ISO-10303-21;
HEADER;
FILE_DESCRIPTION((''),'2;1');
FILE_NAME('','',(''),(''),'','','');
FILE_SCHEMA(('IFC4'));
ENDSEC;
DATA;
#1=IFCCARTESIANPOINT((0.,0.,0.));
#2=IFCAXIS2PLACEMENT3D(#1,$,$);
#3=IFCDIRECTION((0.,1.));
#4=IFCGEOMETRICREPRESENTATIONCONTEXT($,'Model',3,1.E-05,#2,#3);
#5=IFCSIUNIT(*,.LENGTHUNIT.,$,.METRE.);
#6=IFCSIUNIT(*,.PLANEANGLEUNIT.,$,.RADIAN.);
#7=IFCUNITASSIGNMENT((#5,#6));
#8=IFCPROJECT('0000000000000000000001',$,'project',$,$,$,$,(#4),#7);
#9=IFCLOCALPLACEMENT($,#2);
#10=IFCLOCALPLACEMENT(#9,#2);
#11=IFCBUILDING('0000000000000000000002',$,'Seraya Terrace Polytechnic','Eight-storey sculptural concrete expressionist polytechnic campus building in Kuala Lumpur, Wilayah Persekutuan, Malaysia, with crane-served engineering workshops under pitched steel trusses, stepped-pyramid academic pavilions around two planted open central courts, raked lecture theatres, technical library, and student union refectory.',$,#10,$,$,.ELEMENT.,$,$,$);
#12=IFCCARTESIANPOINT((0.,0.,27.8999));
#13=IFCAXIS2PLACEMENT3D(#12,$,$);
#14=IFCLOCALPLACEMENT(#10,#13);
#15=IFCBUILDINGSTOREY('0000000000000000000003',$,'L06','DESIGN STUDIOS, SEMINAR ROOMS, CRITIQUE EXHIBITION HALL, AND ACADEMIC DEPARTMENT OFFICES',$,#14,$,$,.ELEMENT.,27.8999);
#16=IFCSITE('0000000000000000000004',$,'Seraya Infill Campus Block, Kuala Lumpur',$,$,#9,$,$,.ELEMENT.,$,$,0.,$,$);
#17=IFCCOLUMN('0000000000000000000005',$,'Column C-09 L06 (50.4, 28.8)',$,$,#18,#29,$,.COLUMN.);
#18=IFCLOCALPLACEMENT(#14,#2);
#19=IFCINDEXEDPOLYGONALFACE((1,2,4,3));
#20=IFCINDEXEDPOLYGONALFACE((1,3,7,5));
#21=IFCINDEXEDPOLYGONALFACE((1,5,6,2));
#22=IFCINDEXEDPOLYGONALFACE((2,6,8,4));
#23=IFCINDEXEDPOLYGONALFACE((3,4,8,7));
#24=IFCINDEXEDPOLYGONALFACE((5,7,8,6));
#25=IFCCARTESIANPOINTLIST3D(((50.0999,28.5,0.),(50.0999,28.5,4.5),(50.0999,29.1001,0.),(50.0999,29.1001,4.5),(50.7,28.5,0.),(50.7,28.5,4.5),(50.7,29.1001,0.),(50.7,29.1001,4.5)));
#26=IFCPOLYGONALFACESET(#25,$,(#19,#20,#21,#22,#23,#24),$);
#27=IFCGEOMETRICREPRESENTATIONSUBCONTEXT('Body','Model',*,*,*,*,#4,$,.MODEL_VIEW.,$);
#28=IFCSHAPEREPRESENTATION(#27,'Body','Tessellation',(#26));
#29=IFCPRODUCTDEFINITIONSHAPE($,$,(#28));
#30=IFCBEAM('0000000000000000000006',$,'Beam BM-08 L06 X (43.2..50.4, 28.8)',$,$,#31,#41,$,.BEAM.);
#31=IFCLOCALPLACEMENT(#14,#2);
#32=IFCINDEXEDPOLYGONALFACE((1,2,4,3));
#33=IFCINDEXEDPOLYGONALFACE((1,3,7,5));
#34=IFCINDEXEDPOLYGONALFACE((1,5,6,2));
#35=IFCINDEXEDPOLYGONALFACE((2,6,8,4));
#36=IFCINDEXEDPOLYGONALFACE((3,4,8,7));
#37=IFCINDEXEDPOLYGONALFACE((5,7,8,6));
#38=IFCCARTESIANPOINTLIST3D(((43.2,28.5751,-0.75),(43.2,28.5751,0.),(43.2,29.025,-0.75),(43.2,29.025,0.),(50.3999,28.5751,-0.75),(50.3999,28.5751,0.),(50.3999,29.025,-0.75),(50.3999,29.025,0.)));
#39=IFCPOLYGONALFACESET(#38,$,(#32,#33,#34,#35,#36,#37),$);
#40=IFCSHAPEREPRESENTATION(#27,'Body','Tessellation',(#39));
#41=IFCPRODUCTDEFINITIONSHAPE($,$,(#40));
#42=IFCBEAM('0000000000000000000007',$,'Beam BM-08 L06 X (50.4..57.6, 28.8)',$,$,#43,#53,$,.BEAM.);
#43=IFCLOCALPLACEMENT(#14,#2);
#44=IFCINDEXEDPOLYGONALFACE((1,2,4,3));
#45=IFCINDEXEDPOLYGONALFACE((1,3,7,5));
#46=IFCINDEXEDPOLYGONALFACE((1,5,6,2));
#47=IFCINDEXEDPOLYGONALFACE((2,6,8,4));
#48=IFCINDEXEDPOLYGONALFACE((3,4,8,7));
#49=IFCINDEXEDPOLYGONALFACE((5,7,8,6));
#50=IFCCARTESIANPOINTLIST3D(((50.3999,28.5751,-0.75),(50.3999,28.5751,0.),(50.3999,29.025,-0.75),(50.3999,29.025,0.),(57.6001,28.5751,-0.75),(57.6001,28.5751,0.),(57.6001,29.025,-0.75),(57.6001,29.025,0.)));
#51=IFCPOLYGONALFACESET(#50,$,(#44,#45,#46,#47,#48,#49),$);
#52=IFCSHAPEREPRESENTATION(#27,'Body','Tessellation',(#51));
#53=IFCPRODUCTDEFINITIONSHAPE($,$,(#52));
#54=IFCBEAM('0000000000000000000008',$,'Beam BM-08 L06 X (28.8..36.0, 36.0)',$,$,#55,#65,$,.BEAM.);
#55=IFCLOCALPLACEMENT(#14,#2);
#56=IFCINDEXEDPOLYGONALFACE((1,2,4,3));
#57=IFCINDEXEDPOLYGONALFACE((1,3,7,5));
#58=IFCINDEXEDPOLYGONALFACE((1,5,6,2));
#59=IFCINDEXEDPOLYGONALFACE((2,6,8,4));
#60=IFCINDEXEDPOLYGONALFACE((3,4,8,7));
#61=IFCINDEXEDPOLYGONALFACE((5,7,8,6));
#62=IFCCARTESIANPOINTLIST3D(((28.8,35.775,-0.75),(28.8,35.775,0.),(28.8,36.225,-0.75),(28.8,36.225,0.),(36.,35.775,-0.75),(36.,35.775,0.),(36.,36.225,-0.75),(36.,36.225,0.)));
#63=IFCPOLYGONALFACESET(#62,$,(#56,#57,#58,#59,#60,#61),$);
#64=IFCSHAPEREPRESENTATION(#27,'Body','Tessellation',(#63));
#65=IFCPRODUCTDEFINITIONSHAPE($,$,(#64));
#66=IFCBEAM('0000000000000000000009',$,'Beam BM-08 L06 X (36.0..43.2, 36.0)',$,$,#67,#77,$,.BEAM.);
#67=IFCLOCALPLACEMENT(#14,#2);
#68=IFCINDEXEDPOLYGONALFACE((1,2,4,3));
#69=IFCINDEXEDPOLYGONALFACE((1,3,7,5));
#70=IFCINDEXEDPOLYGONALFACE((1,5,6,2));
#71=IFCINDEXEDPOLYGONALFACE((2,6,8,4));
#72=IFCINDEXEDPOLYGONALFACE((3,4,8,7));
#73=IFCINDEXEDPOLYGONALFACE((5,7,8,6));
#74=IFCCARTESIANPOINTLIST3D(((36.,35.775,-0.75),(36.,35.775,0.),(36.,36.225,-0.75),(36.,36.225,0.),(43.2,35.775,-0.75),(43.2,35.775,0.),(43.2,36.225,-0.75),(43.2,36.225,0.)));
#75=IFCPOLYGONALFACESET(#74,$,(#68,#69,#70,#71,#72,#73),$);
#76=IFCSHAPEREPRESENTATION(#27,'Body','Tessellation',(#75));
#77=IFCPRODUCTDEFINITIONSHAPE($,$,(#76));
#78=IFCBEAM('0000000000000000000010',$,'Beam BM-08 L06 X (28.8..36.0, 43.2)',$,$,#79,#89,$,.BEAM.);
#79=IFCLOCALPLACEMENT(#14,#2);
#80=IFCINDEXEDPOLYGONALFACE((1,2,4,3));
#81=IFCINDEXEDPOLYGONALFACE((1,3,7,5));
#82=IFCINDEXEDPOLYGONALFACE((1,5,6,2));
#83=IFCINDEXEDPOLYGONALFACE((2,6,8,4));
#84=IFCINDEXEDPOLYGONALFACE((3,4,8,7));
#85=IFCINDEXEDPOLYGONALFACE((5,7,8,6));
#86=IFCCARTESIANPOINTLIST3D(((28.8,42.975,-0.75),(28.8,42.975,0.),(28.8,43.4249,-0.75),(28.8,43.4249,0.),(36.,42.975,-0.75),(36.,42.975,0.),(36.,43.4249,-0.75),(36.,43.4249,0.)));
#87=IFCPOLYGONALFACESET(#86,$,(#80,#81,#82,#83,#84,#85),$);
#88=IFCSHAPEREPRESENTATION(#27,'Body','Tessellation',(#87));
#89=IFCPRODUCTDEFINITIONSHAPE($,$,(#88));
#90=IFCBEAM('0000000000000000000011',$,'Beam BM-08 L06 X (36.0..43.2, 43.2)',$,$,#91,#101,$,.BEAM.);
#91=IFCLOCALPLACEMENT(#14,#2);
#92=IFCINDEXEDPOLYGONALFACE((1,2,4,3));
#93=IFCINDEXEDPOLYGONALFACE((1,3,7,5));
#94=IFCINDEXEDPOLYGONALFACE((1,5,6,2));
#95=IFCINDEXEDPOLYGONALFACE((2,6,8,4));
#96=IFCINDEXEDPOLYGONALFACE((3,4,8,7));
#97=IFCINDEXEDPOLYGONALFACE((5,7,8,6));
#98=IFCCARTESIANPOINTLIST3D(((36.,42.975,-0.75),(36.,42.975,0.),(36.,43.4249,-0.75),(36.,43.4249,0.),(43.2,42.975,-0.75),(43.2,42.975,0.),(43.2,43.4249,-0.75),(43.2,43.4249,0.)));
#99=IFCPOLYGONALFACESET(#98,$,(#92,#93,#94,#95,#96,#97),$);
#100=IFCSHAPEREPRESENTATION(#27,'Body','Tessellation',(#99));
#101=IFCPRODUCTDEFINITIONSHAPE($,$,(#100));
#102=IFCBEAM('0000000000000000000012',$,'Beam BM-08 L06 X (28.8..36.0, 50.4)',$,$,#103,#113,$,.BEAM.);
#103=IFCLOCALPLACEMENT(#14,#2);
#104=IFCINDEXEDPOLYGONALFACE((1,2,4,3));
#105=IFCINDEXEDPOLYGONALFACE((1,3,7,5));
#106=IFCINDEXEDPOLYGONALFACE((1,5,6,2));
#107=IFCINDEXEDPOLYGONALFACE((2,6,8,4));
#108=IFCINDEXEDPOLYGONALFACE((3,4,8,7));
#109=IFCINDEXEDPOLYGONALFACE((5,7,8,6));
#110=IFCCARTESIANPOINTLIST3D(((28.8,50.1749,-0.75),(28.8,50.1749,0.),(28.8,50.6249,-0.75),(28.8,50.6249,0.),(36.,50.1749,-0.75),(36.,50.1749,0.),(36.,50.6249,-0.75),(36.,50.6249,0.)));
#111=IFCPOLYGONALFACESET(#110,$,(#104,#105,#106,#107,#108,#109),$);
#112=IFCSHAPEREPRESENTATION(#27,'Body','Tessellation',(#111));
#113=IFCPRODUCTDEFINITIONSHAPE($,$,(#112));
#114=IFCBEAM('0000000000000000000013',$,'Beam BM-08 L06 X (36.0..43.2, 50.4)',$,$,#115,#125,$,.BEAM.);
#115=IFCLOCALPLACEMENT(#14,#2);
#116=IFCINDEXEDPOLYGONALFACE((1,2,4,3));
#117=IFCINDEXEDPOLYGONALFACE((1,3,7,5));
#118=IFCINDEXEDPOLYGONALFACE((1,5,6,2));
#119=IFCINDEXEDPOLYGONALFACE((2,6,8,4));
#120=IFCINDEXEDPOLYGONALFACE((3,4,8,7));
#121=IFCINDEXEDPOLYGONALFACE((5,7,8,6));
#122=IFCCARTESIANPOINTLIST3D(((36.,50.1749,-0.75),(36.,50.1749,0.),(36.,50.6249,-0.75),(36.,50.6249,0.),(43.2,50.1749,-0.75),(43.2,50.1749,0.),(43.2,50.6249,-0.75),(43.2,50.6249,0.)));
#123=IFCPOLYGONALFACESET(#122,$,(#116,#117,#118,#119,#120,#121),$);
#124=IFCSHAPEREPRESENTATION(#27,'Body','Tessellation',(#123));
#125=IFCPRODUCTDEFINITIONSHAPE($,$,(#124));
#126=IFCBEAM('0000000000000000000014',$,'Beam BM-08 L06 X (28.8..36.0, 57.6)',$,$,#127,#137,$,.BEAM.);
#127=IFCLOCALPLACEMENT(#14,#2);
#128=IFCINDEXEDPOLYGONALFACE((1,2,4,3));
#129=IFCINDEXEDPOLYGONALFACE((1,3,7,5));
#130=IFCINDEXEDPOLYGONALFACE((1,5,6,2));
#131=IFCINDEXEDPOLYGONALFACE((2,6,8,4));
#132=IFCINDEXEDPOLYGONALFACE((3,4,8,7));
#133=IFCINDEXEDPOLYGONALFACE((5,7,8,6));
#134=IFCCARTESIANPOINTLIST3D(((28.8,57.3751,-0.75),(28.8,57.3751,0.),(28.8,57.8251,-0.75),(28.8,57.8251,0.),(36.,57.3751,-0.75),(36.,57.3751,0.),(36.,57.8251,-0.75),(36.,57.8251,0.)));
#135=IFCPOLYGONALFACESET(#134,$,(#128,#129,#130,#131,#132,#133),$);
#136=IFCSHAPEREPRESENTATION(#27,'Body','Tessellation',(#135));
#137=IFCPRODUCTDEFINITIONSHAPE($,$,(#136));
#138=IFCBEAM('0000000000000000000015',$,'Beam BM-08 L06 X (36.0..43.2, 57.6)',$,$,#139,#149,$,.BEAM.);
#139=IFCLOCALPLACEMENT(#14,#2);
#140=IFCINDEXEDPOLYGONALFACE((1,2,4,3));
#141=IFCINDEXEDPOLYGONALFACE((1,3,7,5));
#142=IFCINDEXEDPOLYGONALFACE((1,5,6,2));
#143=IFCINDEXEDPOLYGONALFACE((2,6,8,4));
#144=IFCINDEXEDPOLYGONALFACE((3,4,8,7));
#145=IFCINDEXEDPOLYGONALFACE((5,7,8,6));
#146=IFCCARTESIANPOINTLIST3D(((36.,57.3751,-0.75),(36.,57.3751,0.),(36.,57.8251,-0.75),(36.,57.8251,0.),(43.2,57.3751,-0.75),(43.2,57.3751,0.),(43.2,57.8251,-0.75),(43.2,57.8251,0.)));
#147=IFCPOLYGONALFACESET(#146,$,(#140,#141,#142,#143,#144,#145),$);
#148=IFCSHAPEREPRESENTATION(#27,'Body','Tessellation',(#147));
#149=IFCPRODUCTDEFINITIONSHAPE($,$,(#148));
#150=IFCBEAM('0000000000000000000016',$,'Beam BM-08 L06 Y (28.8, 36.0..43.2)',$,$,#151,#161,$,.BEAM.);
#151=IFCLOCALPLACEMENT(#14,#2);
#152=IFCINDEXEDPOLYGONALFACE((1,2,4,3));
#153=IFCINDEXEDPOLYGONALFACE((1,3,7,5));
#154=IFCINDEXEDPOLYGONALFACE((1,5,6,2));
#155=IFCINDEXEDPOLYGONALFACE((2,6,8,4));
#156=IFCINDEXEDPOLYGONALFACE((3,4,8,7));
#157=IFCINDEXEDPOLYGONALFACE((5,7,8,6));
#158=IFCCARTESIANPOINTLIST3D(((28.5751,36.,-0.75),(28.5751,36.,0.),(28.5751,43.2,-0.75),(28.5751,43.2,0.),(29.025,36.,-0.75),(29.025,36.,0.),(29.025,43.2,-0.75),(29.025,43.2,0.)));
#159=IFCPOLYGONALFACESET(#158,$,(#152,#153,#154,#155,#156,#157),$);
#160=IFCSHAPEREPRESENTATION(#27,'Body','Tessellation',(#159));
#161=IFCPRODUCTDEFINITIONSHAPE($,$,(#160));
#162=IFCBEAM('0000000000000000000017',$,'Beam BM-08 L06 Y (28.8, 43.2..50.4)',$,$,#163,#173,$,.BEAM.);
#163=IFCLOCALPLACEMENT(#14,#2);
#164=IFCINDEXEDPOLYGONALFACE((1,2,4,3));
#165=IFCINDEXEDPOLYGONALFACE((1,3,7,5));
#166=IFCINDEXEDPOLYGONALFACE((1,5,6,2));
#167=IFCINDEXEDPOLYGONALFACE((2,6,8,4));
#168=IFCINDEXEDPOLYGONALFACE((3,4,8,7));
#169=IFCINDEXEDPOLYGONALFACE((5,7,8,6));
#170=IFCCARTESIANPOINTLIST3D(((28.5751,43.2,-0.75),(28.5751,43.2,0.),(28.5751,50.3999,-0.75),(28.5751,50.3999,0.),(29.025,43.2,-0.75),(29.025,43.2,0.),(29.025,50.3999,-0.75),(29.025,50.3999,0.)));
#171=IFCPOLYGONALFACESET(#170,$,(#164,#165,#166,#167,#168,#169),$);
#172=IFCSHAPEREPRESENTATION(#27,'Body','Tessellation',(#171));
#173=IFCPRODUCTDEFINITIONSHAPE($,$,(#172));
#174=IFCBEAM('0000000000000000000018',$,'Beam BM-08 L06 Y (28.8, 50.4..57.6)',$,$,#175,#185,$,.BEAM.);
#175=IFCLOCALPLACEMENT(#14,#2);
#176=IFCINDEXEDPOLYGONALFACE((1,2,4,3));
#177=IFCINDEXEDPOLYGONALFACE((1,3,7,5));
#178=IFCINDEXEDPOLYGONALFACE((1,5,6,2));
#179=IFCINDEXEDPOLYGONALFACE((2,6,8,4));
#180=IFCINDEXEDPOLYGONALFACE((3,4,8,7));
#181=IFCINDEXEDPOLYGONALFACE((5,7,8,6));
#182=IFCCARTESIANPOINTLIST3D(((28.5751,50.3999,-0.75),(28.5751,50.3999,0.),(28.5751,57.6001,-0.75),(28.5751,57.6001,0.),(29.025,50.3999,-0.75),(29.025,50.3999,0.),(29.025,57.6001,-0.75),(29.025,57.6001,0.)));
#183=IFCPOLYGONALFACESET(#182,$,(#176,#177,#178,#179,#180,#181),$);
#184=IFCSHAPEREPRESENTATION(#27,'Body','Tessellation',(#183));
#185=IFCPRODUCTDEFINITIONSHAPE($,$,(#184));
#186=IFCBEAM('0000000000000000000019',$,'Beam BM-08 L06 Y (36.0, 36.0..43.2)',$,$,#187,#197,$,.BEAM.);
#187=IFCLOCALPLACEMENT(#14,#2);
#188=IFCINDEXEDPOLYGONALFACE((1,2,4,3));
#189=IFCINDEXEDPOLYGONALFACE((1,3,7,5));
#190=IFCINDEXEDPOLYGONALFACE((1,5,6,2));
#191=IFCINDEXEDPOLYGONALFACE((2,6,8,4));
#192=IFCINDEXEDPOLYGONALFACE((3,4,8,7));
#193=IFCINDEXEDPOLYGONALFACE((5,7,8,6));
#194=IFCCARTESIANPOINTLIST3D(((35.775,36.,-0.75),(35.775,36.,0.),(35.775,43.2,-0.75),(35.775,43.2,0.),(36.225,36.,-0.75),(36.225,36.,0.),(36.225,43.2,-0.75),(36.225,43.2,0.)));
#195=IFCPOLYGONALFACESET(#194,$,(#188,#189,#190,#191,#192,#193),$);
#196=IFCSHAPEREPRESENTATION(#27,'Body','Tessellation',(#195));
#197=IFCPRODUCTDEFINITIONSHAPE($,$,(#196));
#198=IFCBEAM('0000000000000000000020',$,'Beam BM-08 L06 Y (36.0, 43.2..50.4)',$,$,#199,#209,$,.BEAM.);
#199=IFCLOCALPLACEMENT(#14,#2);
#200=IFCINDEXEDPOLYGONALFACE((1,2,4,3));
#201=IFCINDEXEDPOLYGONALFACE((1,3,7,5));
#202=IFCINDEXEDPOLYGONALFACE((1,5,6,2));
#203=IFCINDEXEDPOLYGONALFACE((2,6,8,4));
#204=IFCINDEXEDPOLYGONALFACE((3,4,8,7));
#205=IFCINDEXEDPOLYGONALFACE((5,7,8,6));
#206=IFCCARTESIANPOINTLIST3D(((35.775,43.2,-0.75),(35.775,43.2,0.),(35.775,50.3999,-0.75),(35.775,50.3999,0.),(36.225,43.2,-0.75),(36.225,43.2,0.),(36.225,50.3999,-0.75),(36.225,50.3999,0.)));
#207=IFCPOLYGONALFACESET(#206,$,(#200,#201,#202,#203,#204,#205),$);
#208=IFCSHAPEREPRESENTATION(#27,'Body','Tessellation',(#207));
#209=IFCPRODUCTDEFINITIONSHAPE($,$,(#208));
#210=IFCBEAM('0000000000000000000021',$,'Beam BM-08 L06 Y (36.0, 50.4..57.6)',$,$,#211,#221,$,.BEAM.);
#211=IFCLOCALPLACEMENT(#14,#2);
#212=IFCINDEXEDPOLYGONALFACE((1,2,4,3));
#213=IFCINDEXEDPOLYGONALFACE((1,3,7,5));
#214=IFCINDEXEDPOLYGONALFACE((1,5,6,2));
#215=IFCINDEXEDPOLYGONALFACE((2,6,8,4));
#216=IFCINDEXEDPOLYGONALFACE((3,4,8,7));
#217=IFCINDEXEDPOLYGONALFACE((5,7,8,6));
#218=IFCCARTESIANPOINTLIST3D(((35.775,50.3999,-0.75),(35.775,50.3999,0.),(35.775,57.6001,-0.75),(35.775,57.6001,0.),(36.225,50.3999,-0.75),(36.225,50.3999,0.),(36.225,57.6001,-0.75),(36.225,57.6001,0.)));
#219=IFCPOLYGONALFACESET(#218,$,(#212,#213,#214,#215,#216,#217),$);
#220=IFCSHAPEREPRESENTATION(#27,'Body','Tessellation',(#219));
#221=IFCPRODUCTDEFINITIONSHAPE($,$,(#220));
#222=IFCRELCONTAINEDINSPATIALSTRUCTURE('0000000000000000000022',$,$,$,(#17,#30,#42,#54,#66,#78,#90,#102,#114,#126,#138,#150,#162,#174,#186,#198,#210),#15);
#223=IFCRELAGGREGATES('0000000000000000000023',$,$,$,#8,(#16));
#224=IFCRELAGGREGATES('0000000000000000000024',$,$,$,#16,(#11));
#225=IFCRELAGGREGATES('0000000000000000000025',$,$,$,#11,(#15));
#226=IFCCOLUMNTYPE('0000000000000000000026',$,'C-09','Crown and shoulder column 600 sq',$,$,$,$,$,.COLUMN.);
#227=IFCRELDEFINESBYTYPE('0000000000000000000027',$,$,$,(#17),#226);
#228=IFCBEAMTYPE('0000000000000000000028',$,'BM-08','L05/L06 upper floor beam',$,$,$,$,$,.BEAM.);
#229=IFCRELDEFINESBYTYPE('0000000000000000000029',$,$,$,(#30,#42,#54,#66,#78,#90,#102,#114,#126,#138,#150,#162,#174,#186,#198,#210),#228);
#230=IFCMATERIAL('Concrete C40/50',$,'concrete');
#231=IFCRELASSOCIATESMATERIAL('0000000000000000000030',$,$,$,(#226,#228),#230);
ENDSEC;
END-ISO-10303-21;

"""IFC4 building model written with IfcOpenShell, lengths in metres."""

from ifc_helpers import new_model, si_unit, direction, frame, origin, origin_2d, place, context, subcontext, project, spatial, rectangle, extrude, material, material_profile, profile_set, type_object, element, save


model = new_model("IFC4")

# Units and contexts
model_context = context("Model", 3, precision=1e-05, world=origin(), true_north=direction((0.0, 1.0)))
body_context = subcontext(model_context, "Body", "Model", "MODEL_VIEW")
ifc_project = project(units=[si_unit("LENGTHUNIT", "METRE"), si_unit("PLANEANGLEUNIT", "RADIAN")], contexts=[model_context])

# Site, building, storey
site_placement = place(None, origin())
site = spatial("IfcSite", under=ifc_project, at=site_placement, Name="Seraya Infill Campus Block, Kuala Lumpur", CompositionType="ELEMENT", RefElevation=0.0)
building_placement = place(site_placement, origin())
building = spatial("IfcBuilding", under=site, at=building_placement, Name="Seraya Terrace Polytechnic", Description="Eight-storey sculptural concrete expressionist polytechnic campus building in Kuala Lumpur, Wilayah Persekutuan, Malaysia, with crane-served engineering workshops under pitched steel trusses, stepped-pyramid academic pavilions around two planted open central courts, raked lecture theatres, technical library, and student union refectory.", CompositionType="ELEMENT")
storey_placement = place(building_placement, frame((0.0, 0.0, 27.8999)))
storey = spatial("IfcBuildingStorey", under=building, at=storey_placement, Name="L06", Description="DESIGN STUDIOS, SEMINAR ROOMS, CRITIQUE EXHIBITION HALL, AND ACADEMIC DEPARTMENT OFFICES", CompositionType="ELEMENT", Elevation=27.8999)

# Column
ifc_material_1 = material(Name="Concrete C40/50", Category="concrete")
ifc_material_profile_1 = material_profile(ifc_material_1, rectangle(XDim=0.6001, YDim=0.6001, at=origin_2d()), Name="RC 600x600")
ifc_profile_set_1 = profile_set([ifc_material_profile_1], Name="Concrete C40/50")
column_type = type_object("IfcColumnType", Name="C-09", Description="Crown and shoulder column 600 sq", PredefinedType="COLUMN", material=ifc_profile_set_1)
column_placement = place(storey_placement, frame((50.3999, 28.8, 0.0), z_axis=(0.0, 0.0, 1.0), x_axis=(1.0, 0.0, 0.0)))
element("IfcColumn", 1, at=column_placement, inside=storey, type_object=column_type, Name="Column C-09 L06 (50.4, 28.8)", PredefinedType="COLUMN", context=body_context, shape_type="SweptSolid", body=[
    extrude(rectangle(XDim=0.6001, YDim=0.6001, at=origin_2d()), origin(), (0.0, 0.0, 1.0), 4.5),
])

# Beams
ifc_material_profile_2 = material_profile(ifc_material_1, rectangle(XDim=0.45, YDim=0.75, at=origin_2d()), Name="RC 450x750")
ifc_profile_set_2 = profile_set([ifc_material_profile_2], Name="Concrete C40/50")
beam_type = type_object("IfcBeamType", Name="BM-08", Description="L05/L06 upper floor beam", PredefinedType="BEAM", material=ifc_profile_set_2)
beam_1_placement = place(storey_placement, frame((43.2, 28.8, -0.375), z_axis=(1.0, 0.0, 0.0), x_axis=(0.0, 1.0, 0.0)))
element("IfcBeam", 2, at=beam_1_placement, inside=storey, type_object=beam_type, Name="Beam BM-08 L06 X (43.2..50.4, 28.8)", PredefinedType="BEAM", context=body_context, shape_type="SweptSolid", body=[
    extrude(rectangle(XDim=0.45, YDim=0.75, at=origin_2d()), origin(), (0.0, 0.0, 1.0), 7.2),
])
beam_2_placement = place(storey_placement, frame((50.3999, 28.8, -0.375), z_axis=(1.0, 0.0, 0.0), x_axis=(0.0, 1.0, 0.0)))
element("IfcBeam", 3, at=beam_2_placement, inside=storey, type_object=beam_type, Name="Beam BM-08 L06 X (50.4..57.6, 28.8)", PredefinedType="BEAM", context=body_context, shape_type="SweptSolid", body=[
    extrude(rectangle(XDim=0.45, YDim=0.75, at=origin_2d()), origin(), (0.0, 0.0, 1.0), 7.2002),
])
for number, where, z_axis, x_axis, name in (
    (4, (28.8, 36.0, -0.375), (1.0, 0.0, 0.0), (0.0, 1.0, 0.0), "Beam BM-08 L06 X (28.8..36.0, 36.0)"),
    (5, (36.0, 36.0, -0.375), (1.0, 0.0, 0.0), (0.0, 1.0, 0.0), "Beam BM-08 L06 X (36.0..43.2, 36.0)"),
    (6, (28.8, 43.2, -0.375), (1.0, 0.0, 0.0), (0.0, 1.0, 0.0), "Beam BM-08 L06 X (28.8..36.0, 43.2)"),
    (7, (36.0, 43.2, -0.375), (1.0, 0.0, 0.0), (0.0, 1.0, 0.0), "Beam BM-08 L06 X (36.0..43.2, 43.2)"),
    (8, (28.8, 50.3999, -0.375), (1.0, 0.0, 0.0), (0.0, 1.0, 0.0), "Beam BM-08 L06 X (28.8..36.0, 50.4)"),
    (9, (36.0, 50.3999, -0.375), (1.0, 0.0, 0.0), (0.0, 1.0, 0.0), "Beam BM-08 L06 X (36.0..43.2, 50.4)"),
    (10, (28.8, 57.6001, -0.375), (1.0, 0.0, 0.0), (0.0, 1.0, 0.0), "Beam BM-08 L06 X (28.8..36.0, 57.6)"),
    (11, (36.0, 57.6001, -0.375), (1.0, 0.0, 0.0), (0.0, 1.0, 0.0), "Beam BM-08 L06 X (36.0..43.2, 57.6)"),
    (12, (28.8, 36.0, -0.375), (0.0, 1.0, 0.0), (-1.0, 0.0, 0.0), "Beam BM-08 L06 Y (28.8, 36.0..43.2)"),
    (13, (28.8, 43.2, -0.375), (0.0, 1.0, 0.0), (-1.0, 0.0, 0.0), "Beam BM-08 L06 Y (28.8, 43.2..50.4)"),
):
    element("IfcBeam", number, at=place(storey_placement, frame(where, z_axis=z_axis, x_axis=x_axis)), inside=storey, type_object=beam_type, Name=name, PredefinedType="BEAM", context=body_context, shape_type="SweptSolid", body=[
        extrude(rectangle(XDim=0.45, YDim=0.75, at=origin_2d()), origin(), (0.0, 0.0, 1.0), 7.2),
    ])
beam_3_placement = place(storey_placement, frame((28.8, 50.3999, -0.375), z_axis=(0.0, 1.0, 0.0), x_axis=(-1.0, 0.0, 0.0)))
element("IfcBeam", 14, at=beam_3_placement, inside=storey, type_object=beam_type, Name="Beam BM-08 L06 Y (28.8, 50.4..57.6)", PredefinedType="BEAM", context=body_context, shape_type="SweptSolid", body=[
    extrude(rectangle(XDim=0.45, YDim=0.75, at=origin_2d()), origin(), (0.0, 0.0, 1.0), 7.2002),
])
for number, where, z_axis, x_axis, name in (
    (15, (36.0, 36.0, -0.375), (0.0, 1.0, 0.0), (-1.0, 0.0, 0.0), "Beam BM-08 L06 Y (36.0, 36.0..43.2)"),
    (16, (36.0, 43.2, -0.375), (0.0, 1.0, 0.0), (-1.0, 0.0, 0.0), "Beam BM-08 L06 Y (36.0, 43.2..50.4)"),
):
    element("IfcBeam", number, at=place(storey_placement, frame(where, z_axis=z_axis, x_axis=x_axis)), inside=storey, type_object=beam_type, Name=name, PredefinedType="BEAM", context=body_context, shape_type="SweptSolid", body=[
        extrude(rectangle(XDim=0.45, YDim=0.75, at=origin_2d()), origin(), (0.0, 0.0, 1.0), 7.2),
    ])
beam_4_placement = place(storey_placement, frame((36.0, 50.3999, -0.375), z_axis=(0.0, 1.0, 0.0), x_axis=(-1.0, 0.0, 0.0)))
element("IfcBeam", 17, at=beam_4_placement, inside=storey, type_object=beam_type, Name="Beam BM-08 L06 Y (36.0, 50.4..57.6)", PredefinedType="BEAM", context=body_context, shape_type="SweptSolid", body=[
    extrude(rectangle(XDim=0.45, YDim=0.75, at=origin_2d()), origin(), (0.0, 0.0, 1.0), 7.2002),
])

save(model, "model.ifc")
